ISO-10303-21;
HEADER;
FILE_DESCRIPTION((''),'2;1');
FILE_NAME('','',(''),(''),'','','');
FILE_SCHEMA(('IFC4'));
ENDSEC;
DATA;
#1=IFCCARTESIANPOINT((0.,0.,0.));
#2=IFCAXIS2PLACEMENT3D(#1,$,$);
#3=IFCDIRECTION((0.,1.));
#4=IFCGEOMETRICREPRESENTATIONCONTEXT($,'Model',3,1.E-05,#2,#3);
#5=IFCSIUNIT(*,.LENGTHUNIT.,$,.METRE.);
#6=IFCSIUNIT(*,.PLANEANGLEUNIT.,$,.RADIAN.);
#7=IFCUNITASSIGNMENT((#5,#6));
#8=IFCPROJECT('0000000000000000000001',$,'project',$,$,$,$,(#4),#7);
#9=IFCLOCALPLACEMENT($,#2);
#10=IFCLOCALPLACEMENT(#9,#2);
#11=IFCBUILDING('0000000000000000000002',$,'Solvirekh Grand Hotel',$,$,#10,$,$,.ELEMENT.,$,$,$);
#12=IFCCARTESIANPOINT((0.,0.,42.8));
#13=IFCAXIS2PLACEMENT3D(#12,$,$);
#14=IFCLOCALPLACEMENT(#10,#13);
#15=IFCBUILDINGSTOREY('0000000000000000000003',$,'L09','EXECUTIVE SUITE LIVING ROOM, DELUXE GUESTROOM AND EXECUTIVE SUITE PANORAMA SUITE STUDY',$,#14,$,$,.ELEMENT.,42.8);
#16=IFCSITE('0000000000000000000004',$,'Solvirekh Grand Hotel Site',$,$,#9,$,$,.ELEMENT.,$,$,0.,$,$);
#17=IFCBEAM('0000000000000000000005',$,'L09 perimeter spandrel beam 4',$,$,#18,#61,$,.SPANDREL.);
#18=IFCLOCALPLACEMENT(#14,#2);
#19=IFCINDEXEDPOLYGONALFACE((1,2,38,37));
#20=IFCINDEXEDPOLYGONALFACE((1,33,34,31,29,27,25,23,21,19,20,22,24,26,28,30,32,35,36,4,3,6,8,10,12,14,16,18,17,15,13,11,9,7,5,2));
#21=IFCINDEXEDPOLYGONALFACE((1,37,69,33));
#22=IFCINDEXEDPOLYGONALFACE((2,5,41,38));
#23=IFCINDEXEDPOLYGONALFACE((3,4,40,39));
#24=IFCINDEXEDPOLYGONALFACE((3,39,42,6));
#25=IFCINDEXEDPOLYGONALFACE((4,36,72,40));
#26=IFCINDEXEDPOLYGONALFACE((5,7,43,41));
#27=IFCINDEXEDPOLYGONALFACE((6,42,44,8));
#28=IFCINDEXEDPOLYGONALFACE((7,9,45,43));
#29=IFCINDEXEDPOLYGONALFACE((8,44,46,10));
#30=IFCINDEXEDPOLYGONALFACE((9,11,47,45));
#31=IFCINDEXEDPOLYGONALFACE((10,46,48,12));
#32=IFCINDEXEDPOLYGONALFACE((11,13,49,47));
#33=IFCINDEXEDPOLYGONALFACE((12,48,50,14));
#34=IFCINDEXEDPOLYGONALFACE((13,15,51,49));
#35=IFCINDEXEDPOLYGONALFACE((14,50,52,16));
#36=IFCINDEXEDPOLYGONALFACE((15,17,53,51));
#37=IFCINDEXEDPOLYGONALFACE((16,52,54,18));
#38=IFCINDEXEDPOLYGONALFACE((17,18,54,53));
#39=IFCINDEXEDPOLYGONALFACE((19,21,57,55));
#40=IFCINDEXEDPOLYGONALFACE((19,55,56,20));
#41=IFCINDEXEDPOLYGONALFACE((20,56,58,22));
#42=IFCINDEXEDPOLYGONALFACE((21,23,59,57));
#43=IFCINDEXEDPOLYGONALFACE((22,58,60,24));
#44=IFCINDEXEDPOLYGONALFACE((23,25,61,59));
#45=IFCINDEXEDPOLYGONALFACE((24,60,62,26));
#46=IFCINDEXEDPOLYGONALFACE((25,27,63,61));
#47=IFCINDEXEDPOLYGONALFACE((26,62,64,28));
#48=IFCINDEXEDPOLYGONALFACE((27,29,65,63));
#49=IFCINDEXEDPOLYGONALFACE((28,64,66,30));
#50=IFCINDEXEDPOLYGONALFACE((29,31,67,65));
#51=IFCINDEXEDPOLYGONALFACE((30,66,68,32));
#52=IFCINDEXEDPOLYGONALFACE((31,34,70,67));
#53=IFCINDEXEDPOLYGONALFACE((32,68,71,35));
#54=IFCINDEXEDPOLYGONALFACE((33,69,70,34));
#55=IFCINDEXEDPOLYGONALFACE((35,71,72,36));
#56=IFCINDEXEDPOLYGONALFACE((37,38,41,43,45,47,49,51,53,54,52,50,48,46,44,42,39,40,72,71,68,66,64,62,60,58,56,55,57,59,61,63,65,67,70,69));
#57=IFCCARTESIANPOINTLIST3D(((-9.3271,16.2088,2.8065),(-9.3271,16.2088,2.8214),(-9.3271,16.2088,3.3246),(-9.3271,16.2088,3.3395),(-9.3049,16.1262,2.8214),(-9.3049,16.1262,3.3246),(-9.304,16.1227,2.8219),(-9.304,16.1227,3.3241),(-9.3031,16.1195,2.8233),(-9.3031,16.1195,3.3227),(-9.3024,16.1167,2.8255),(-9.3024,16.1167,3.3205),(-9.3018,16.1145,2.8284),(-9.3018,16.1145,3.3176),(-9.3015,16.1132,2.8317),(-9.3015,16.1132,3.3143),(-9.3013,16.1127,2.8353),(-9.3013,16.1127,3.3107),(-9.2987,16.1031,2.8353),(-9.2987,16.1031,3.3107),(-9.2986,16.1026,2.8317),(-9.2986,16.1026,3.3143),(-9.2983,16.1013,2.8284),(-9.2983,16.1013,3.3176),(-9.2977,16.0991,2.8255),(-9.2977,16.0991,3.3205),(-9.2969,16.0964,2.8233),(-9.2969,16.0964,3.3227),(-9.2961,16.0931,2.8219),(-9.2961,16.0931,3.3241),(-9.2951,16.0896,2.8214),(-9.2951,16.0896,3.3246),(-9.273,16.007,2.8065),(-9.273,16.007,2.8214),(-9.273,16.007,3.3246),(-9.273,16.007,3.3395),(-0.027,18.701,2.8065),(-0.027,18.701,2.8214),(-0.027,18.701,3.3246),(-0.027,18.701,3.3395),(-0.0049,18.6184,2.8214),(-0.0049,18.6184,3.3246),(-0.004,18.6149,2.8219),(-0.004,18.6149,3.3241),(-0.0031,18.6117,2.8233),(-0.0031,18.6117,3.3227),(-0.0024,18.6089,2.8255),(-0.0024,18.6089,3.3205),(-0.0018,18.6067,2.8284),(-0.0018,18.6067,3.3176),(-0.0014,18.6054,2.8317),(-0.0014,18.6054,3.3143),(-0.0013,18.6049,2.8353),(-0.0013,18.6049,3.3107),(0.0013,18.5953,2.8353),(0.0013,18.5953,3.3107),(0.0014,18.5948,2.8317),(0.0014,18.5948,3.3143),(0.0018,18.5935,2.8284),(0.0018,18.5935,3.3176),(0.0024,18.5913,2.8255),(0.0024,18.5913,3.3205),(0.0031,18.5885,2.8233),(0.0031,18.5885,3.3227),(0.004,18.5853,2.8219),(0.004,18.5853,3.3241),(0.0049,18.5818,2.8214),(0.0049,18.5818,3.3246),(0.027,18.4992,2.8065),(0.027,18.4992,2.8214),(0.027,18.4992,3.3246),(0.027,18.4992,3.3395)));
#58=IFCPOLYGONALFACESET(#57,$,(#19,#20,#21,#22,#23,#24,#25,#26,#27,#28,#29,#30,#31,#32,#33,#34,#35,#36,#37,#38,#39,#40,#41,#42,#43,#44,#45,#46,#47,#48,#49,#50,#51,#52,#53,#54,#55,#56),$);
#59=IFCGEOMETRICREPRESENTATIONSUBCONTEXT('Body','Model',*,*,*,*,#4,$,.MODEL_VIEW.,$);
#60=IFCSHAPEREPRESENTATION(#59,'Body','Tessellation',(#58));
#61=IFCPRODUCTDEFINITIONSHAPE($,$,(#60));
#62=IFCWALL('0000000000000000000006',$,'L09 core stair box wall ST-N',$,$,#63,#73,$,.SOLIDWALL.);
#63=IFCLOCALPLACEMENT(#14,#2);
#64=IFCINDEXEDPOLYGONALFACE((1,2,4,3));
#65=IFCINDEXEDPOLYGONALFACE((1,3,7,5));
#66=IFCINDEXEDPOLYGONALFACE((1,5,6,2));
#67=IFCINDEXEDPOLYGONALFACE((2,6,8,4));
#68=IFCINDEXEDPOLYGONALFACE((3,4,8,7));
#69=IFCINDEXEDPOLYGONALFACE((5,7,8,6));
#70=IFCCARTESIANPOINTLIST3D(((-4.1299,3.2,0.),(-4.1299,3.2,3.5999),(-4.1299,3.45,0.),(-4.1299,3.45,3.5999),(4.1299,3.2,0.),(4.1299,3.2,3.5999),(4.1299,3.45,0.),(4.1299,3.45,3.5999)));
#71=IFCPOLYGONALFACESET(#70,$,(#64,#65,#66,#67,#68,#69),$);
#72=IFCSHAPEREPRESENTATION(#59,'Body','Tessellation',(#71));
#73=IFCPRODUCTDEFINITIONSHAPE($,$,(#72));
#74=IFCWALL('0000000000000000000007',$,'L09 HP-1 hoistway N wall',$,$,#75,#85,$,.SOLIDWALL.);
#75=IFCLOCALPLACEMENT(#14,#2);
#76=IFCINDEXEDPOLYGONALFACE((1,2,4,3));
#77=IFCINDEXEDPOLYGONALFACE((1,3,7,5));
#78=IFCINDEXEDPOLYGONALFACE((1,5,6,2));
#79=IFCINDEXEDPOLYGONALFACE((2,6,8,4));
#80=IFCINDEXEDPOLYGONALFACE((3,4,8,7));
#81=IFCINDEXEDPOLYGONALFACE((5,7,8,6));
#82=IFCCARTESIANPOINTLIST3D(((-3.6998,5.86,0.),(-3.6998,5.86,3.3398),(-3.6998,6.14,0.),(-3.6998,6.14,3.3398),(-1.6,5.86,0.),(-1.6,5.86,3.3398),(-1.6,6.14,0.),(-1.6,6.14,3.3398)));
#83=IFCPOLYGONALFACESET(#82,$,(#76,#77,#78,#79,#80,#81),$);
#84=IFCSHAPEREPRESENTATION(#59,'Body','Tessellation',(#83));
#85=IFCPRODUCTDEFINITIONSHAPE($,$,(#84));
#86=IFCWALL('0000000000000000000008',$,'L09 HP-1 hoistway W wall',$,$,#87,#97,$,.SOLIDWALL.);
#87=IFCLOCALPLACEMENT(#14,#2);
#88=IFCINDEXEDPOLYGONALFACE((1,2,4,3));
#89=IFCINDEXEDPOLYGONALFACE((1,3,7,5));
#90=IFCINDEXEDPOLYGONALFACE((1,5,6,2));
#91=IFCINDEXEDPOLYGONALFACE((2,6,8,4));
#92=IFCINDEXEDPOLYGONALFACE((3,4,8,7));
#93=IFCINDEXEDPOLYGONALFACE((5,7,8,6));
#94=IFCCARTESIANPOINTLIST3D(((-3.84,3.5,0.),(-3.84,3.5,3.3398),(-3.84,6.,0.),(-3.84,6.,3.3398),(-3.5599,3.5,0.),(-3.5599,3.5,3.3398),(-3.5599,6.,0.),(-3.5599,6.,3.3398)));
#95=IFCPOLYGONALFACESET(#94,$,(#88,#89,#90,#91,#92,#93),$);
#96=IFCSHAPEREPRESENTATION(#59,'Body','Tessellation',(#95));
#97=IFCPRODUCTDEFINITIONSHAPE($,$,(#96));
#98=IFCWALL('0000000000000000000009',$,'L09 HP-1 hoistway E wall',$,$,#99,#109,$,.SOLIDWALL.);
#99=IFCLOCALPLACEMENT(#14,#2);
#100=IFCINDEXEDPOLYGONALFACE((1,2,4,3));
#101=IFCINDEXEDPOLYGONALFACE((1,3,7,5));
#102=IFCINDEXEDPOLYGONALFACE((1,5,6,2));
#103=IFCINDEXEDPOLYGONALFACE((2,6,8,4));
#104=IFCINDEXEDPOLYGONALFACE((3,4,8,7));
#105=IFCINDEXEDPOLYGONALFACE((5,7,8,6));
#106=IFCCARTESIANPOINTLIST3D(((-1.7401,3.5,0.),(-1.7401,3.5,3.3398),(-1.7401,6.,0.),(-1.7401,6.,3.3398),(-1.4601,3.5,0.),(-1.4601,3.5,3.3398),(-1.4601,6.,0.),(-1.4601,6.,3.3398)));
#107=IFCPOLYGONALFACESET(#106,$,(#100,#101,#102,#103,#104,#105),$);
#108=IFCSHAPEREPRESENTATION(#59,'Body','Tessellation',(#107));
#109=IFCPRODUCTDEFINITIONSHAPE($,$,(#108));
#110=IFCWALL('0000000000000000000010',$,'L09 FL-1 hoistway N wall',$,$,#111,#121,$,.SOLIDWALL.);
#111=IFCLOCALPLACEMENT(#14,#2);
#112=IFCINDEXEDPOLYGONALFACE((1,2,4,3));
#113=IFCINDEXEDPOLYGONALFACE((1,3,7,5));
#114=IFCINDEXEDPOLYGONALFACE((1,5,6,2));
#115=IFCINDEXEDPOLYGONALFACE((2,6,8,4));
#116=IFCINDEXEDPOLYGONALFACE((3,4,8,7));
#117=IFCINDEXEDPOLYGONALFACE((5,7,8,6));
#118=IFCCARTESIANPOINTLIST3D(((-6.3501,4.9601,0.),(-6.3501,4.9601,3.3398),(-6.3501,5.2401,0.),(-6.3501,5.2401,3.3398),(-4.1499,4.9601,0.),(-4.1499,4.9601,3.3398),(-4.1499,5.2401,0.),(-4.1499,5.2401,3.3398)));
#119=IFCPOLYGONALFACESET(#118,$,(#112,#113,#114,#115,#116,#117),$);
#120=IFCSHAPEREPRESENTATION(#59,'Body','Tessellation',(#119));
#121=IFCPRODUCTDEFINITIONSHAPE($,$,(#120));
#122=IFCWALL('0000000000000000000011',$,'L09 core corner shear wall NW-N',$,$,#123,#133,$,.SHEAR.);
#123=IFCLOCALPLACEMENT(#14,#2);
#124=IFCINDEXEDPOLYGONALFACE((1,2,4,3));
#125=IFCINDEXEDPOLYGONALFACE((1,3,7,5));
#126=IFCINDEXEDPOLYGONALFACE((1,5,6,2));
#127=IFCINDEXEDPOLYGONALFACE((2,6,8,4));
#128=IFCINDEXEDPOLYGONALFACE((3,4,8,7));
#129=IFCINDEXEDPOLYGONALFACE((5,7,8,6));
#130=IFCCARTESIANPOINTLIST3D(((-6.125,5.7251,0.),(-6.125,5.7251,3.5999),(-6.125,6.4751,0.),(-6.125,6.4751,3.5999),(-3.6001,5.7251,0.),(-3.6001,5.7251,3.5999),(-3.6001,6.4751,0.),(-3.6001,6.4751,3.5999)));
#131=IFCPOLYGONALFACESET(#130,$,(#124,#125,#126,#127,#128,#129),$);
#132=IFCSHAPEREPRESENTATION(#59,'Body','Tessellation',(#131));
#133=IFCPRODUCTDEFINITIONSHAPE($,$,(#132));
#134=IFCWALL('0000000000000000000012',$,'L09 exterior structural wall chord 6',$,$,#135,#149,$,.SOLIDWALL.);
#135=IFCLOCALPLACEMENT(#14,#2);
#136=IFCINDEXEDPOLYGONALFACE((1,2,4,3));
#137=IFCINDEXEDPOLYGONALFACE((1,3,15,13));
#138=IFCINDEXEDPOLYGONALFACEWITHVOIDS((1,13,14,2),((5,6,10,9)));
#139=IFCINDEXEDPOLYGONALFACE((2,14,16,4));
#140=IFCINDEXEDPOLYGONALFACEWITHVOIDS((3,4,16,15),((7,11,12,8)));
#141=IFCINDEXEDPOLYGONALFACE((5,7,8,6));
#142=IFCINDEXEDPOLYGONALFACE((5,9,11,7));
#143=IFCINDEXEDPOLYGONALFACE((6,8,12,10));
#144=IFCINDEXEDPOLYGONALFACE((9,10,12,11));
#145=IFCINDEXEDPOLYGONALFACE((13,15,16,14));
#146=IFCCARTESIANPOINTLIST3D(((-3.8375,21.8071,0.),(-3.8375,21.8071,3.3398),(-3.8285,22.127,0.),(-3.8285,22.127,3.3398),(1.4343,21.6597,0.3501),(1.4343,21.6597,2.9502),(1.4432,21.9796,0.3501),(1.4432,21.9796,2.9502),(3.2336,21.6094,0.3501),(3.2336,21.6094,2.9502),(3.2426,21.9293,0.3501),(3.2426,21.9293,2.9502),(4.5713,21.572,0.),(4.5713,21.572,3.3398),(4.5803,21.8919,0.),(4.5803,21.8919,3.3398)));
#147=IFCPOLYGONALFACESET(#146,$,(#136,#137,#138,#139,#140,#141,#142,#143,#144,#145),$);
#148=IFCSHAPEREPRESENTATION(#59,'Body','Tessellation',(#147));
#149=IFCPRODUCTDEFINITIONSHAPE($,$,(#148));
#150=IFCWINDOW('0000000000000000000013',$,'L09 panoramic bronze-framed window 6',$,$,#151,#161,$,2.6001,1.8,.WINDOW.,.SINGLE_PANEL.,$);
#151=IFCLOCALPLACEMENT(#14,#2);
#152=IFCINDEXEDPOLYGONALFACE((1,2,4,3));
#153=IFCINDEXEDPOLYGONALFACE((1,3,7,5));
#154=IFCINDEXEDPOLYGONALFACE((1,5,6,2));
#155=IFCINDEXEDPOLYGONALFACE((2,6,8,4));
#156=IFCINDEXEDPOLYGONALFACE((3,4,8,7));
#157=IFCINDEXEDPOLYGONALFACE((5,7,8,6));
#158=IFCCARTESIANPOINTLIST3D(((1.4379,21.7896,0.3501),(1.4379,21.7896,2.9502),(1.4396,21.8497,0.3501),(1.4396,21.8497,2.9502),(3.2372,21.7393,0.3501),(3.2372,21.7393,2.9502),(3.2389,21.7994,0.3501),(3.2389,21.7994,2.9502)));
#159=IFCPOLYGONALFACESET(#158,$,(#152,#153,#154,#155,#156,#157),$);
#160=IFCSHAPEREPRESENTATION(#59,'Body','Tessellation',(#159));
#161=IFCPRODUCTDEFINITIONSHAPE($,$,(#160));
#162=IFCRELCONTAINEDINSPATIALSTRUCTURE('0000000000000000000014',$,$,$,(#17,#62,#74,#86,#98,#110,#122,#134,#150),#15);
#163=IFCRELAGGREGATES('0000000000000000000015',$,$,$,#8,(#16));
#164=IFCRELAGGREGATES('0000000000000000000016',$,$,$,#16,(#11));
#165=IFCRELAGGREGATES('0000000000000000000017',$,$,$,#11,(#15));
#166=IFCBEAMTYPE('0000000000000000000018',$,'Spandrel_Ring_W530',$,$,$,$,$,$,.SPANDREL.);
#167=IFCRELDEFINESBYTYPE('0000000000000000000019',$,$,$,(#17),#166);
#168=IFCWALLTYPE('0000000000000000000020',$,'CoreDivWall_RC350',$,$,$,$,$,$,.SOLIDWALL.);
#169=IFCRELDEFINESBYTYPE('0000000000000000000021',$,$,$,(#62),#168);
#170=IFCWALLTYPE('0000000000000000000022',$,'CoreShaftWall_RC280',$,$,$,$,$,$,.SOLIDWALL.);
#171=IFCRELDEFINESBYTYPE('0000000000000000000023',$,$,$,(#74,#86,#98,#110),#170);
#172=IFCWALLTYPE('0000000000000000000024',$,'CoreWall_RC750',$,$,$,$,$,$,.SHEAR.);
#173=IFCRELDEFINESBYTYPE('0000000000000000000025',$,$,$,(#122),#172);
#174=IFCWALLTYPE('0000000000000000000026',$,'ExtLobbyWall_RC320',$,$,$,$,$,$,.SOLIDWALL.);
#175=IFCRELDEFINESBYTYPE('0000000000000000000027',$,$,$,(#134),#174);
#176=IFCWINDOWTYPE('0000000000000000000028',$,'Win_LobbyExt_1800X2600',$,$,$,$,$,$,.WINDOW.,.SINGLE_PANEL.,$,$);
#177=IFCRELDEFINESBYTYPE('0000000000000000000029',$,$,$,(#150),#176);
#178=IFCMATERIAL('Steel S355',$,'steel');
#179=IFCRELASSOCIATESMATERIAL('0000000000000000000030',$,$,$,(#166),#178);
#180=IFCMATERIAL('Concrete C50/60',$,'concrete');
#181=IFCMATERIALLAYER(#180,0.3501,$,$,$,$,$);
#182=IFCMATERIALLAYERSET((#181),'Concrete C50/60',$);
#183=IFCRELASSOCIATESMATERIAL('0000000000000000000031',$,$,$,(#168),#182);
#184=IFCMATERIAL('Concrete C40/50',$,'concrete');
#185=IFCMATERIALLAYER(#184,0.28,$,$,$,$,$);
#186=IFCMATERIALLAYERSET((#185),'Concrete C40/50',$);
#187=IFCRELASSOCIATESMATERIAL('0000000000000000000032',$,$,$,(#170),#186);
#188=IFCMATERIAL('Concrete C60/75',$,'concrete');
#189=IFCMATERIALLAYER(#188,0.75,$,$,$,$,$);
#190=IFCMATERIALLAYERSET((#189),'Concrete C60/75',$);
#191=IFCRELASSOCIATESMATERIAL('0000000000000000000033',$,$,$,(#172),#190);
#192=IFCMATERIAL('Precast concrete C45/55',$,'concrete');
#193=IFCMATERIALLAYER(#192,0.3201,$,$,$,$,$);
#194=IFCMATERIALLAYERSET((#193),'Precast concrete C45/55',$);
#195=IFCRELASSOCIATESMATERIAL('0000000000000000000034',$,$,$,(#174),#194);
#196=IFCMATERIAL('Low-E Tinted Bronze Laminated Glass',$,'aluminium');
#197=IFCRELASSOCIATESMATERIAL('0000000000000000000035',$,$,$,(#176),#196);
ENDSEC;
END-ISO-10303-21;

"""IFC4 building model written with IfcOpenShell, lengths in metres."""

from ifc_helpers import new_model, si_unit, direction, frame, frame_2d, origin, origin_2d, place, context, subcontext, project, spatial, rectangle, i_section, extrude, material, layer, layer_set, material_profile, profile_set, type_object, element, fill, save


model = new_model("IFC4")

# Units and contexts
model_context = context("Model", 3, precision=1e-05, world=origin(), true_north=direction((0.0, 1.0)))
body_context = subcontext(model_context, "Body", "Model", "MODEL_VIEW")
ifc_project = project(units=[si_unit("LENGTHUNIT", "METRE"), si_unit("PLANEANGLEUNIT", "RADIAN")], contexts=[model_context])

# Site, building, storey
site_placement = place(None, origin())
site = spatial("IfcSite", under=ifc_project, at=site_placement, Name="Solvirekh Grand Hotel Site", CompositionType="ELEMENT", RefElevation=0.0)
building_placement = place(site_placement, origin())
building = spatial("IfcBuilding", under=site, at=building_placement, Name="Solvirekh Grand Hotel", CompositionType="ELEMENT")
storey_placement = place(building_placement, frame((0.0, 0.0, 42.8)))
storey = spatial("IfcBuildingStorey", under=building, at=storey_placement, Name="L09", Description="EXECUTIVE SUITE LIVING ROOM, DELUXE GUESTROOM AND EXECUTIVE SUITE PANORAMA SUITE STUDY", CompositionType="ELEMENT", Elevation=42.8)

# Shared definitions
ifc_material_1 = material(Name="Concrete C60/75", Category="concrete")

# Beam
ifc_material_2 = material(Name="Concrete C50/60", Category="concrete")
ifc_material_3 = material(Name="Steel S355", Category="steel")
ifc_material_profile_1 = material_profile(ifc_material_3, i_section(OverallWidth=0.209, OverallDepth=0.533, WebThickness=0.01, FlangeThickness=0.0149, FilletRadius=0.0139, at=origin_2d()), Name="W530X92")
ifc_profile_set_1 = profile_set([ifc_material_profile_1], Name="Steel S355")
beam_type_1 = type_object("IfcBeamType", Name="Spandrel_Ring_W530", PredefinedType="SPANDREL", material=ifc_profile_set_1)
beam_1_placement = place(storey_placement, frame((0.0, 18.6001, 3.073), z_axis=(-0.965919, -0.258843, 0.0), x_axis=(0.258843, -0.965919, 0.0)))
element("IfcBeam", 1, at=beam_1_placement, inside=storey, type_object=beam_type_1, Name="L09 perimeter spandrel beam 4", PredefinedType="SPANDREL", context=body_context, shape_type="SweptSolid", body=[
    extrude(i_section(OverallWidth=0.209, OverallDepth=0.533, WebThickness=0.01, FlangeThickness=0.0149, FilletRadius=0.0139, at=origin_2d()), origin(), (0.0, 0.0, 1.0), 9.6282),
])

# Walls
ifc_layer_1 = layer(ifc_material_2, 0.3501)
ifc_layer_set_1 = layer_set([ifc_layer_1], Name="Concrete C50/60")
wall_type_1 = type_object("IfcWallType", Name="CoreDivWall_RC350", PredefinedType="SOLIDWALL", material=ifc_layer_set_1)
wall_1_placement = place(storey_placement, frame((-4.1299, 3.325, 0.0), z_axis=(0.0, 0.0, 1.0), x_axis=(1.0, 0.0, 0.0)))
element("IfcWall", 2, at=wall_1_placement, inside=storey, type_object=wall_type_1, Name="L09 core stair box wall ST-N", PredefinedType="SOLIDWALL", context=body_context, shape_type="SweptSolid", body=[
    extrude(rectangle(XDim=8.2598, YDim=0.25, at=frame_2d((4.1299, 0.0))), origin(), (0.0, 0.0, 1.0), 3.5999),
])
ifc_material_4 = material(Name="Concrete C40/50", Category="concrete")
ifc_layer_2 = layer(ifc_material_4, 0.28)
ifc_layer_set_2 = layer_set([ifc_layer_2], Name="Concrete C40/50")
wall_type_2 = type_object("IfcWallType", Name="CoreShaftWall_RC280", PredefinedType="SOLIDWALL", material=ifc_layer_set_2)
wall_2_placement = place(storey_placement, frame((-1.6001, 6.0, 0.0), z_axis=(0.0, 0.0, 1.0), x_axis=(-1.0, 0.0, 0.0)))
element("IfcWall", 3, at=wall_2_placement, inside=storey, type_object=wall_type_2, Name="L09 HP-1 hoistway N wall", PredefinedType="SOLIDWALL", context=body_context, shape_type="SweptSolid", body=[
    extrude(rectangle(XDim=2.0999, YDim=0.28, at=frame_2d((1.0498, 0.0))), origin(), (0.0, 0.0, 1.0), 3.3398),
])
for number, where, z_axis, x_axis, name in (
    (4, (-3.7, 6.0, 0.0), (0.0, 0.0, 1.0), (0.0, -1.0, 0.0), "L09 HP-1 hoistway W wall"),
    (5, (-1.6001, 3.5, 0.0), (0.0, 0.0, 1.0), (0.0, 1.0, 0.0), "L09 HP-1 hoistway E wall"),
):
    element("IfcWall", number, at=place(storey_placement, frame(where, z_axis=z_axis, x_axis=x_axis)), inside=storey, type_object=wall_type_2, Name=name, PredefinedType="SOLIDWALL", context=body_context, shape_type="SweptSolid", body=[
        extrude(rectangle(XDim=2.5, YDim=0.28, at=frame_2d((1.25, 0.0))), origin(), (0.0, 0.0, 1.0), 3.3398),
    ])
wall_3_placement = place(storey_placement, frame((-4.1499, 5.1001, 0.0), z_axis=(0.0, 0.0, 1.0), x_axis=(-1.0, 0.0, 0.0)))
element("IfcWall", 6, at=wall_3_placement, inside=storey, type_object=wall_type_2, Name="L09 FL-1 hoistway N wall", PredefinedType="SOLIDWALL", context=body_context, shape_type="SweptSolid", body=[
    extrude(rectangle(XDim=2.2002, YDim=0.28, at=frame_2d((1.1001, 0.0))), origin(), (0.0, 0.0, 1.0), 3.3398),
])
ifc_layer_3 = layer(ifc_material_1, 0.75)
ifc_layer_set_3 = layer_set([ifc_layer_3], Name="Concrete C60/75")
wall_type_3 = type_object("IfcWallType", Name="CoreWall_RC750", PredefinedType="SHEAR", material=ifc_layer_set_3)
wall_4_placement = place(storey_placement, frame((-6.125, 6.1001, 0.0), z_axis=(0.0, 0.0, 1.0), x_axis=(1.0, 0.0, 0.0)))
element("IfcWall", 7, at=wall_4_placement, inside=storey, type_object=wall_type_3, Name="L09 core corner shear wall NW-N", PredefinedType="SHEAR", context=body_context, shape_type="SweptSolid", body=[
    extrude(rectangle(XDim=2.5249, YDim=0.75, at=frame_2d((1.2625, 0.0))), origin(), (0.0, 0.0, 1.0), 3.5999),
])

# Wall, opening, window
ifc_material_5 = material(Name="Precast concrete C45/55", Category="concrete")
ifc_layer_4 = layer(ifc_material_5, 0.3201)
ifc_layer_set_4 = layer_set([ifc_layer_4], Name="Precast concrete C45/55")
wall_type_4 = type_object("IfcWallType", Name="ExtLobbyWall_RC320", PredefinedType="SOLIDWALL", material=ifc_layer_set_4)
wall_5_placement = place(storey_placement, frame((-3.833, 21.967, 0.0), z_axis=(0.0, 0.0, 1.0), x_axis=(0.999609, -0.027948, 0.0)))
wall_5 = element("IfcWall", 8, at=wall_5_placement, inside=storey, type_object=wall_type_4, Name="L09 exterior structural wall chord 6", PredefinedType="SOLIDWALL", context=body_context, shape_type="SweptSolid", body=[
    extrude(rectangle(XDim=8.4121, YDim=0.3201, at=frame_2d((4.2061, 0.0))), origin(), (0.0, 0.0, 1.0), 3.3398),
])
opening_1_placement = place(wall_5_placement, frame((5.2739, 0.0, 0.3501)))
opening_1 = element("IfcOpeningElement", 9, at=opening_1_placement, cuts=wall_5, PredefinedType="OPENING", context=body_context, shape_type="SweptSolid", body=[
    extrude(rectangle(XDim=1.8, YDim=2.6001, at=frame_2d((0.8999, 1.3))), frame((0.0, 0.1699, 0.0), z_axis=(0.0, -1.0, 0.0), x_axis=(1.0, 0.0, 0.0)), (0.0, 0.0, 1.0), 0.3401),
])
ifc_material_6 = material(Name="Low-E Tinted Bronze Laminated Glass", Category="aluminium")
window_type = type_object("IfcWindowType", Name="Win_LobbyExt_1800X2600", PartitioningType="SINGLE_PANEL", PredefinedType="WINDOW", material=ifc_material_6)
window_placement = place(opening_1_placement, origin())
window = element("IfcWindow", 10, at=window_placement, inside=storey, type_object=window_type, Name="L09 panoramic bronze-framed window 6", OverallHeight=2.6001, OverallWidth=1.8, PartitioningType="SINGLE_PANEL", PredefinedType="WINDOW", context=body_context, shape_type="SweptSolid", body=[
    extrude(rectangle(XDim=1.8, YDim=2.6001, at=frame_2d((0.8999, 1.3))), frame((0.0, 0.03, 0.0), z_axis=(0.0, -1.0, 0.0), x_axis=(1.0, 0.0, 0.0)), (0.0, 0.0, 1.0), 0.0601),
])
fill(opening_1, window)

save(model, "model.ifc")
